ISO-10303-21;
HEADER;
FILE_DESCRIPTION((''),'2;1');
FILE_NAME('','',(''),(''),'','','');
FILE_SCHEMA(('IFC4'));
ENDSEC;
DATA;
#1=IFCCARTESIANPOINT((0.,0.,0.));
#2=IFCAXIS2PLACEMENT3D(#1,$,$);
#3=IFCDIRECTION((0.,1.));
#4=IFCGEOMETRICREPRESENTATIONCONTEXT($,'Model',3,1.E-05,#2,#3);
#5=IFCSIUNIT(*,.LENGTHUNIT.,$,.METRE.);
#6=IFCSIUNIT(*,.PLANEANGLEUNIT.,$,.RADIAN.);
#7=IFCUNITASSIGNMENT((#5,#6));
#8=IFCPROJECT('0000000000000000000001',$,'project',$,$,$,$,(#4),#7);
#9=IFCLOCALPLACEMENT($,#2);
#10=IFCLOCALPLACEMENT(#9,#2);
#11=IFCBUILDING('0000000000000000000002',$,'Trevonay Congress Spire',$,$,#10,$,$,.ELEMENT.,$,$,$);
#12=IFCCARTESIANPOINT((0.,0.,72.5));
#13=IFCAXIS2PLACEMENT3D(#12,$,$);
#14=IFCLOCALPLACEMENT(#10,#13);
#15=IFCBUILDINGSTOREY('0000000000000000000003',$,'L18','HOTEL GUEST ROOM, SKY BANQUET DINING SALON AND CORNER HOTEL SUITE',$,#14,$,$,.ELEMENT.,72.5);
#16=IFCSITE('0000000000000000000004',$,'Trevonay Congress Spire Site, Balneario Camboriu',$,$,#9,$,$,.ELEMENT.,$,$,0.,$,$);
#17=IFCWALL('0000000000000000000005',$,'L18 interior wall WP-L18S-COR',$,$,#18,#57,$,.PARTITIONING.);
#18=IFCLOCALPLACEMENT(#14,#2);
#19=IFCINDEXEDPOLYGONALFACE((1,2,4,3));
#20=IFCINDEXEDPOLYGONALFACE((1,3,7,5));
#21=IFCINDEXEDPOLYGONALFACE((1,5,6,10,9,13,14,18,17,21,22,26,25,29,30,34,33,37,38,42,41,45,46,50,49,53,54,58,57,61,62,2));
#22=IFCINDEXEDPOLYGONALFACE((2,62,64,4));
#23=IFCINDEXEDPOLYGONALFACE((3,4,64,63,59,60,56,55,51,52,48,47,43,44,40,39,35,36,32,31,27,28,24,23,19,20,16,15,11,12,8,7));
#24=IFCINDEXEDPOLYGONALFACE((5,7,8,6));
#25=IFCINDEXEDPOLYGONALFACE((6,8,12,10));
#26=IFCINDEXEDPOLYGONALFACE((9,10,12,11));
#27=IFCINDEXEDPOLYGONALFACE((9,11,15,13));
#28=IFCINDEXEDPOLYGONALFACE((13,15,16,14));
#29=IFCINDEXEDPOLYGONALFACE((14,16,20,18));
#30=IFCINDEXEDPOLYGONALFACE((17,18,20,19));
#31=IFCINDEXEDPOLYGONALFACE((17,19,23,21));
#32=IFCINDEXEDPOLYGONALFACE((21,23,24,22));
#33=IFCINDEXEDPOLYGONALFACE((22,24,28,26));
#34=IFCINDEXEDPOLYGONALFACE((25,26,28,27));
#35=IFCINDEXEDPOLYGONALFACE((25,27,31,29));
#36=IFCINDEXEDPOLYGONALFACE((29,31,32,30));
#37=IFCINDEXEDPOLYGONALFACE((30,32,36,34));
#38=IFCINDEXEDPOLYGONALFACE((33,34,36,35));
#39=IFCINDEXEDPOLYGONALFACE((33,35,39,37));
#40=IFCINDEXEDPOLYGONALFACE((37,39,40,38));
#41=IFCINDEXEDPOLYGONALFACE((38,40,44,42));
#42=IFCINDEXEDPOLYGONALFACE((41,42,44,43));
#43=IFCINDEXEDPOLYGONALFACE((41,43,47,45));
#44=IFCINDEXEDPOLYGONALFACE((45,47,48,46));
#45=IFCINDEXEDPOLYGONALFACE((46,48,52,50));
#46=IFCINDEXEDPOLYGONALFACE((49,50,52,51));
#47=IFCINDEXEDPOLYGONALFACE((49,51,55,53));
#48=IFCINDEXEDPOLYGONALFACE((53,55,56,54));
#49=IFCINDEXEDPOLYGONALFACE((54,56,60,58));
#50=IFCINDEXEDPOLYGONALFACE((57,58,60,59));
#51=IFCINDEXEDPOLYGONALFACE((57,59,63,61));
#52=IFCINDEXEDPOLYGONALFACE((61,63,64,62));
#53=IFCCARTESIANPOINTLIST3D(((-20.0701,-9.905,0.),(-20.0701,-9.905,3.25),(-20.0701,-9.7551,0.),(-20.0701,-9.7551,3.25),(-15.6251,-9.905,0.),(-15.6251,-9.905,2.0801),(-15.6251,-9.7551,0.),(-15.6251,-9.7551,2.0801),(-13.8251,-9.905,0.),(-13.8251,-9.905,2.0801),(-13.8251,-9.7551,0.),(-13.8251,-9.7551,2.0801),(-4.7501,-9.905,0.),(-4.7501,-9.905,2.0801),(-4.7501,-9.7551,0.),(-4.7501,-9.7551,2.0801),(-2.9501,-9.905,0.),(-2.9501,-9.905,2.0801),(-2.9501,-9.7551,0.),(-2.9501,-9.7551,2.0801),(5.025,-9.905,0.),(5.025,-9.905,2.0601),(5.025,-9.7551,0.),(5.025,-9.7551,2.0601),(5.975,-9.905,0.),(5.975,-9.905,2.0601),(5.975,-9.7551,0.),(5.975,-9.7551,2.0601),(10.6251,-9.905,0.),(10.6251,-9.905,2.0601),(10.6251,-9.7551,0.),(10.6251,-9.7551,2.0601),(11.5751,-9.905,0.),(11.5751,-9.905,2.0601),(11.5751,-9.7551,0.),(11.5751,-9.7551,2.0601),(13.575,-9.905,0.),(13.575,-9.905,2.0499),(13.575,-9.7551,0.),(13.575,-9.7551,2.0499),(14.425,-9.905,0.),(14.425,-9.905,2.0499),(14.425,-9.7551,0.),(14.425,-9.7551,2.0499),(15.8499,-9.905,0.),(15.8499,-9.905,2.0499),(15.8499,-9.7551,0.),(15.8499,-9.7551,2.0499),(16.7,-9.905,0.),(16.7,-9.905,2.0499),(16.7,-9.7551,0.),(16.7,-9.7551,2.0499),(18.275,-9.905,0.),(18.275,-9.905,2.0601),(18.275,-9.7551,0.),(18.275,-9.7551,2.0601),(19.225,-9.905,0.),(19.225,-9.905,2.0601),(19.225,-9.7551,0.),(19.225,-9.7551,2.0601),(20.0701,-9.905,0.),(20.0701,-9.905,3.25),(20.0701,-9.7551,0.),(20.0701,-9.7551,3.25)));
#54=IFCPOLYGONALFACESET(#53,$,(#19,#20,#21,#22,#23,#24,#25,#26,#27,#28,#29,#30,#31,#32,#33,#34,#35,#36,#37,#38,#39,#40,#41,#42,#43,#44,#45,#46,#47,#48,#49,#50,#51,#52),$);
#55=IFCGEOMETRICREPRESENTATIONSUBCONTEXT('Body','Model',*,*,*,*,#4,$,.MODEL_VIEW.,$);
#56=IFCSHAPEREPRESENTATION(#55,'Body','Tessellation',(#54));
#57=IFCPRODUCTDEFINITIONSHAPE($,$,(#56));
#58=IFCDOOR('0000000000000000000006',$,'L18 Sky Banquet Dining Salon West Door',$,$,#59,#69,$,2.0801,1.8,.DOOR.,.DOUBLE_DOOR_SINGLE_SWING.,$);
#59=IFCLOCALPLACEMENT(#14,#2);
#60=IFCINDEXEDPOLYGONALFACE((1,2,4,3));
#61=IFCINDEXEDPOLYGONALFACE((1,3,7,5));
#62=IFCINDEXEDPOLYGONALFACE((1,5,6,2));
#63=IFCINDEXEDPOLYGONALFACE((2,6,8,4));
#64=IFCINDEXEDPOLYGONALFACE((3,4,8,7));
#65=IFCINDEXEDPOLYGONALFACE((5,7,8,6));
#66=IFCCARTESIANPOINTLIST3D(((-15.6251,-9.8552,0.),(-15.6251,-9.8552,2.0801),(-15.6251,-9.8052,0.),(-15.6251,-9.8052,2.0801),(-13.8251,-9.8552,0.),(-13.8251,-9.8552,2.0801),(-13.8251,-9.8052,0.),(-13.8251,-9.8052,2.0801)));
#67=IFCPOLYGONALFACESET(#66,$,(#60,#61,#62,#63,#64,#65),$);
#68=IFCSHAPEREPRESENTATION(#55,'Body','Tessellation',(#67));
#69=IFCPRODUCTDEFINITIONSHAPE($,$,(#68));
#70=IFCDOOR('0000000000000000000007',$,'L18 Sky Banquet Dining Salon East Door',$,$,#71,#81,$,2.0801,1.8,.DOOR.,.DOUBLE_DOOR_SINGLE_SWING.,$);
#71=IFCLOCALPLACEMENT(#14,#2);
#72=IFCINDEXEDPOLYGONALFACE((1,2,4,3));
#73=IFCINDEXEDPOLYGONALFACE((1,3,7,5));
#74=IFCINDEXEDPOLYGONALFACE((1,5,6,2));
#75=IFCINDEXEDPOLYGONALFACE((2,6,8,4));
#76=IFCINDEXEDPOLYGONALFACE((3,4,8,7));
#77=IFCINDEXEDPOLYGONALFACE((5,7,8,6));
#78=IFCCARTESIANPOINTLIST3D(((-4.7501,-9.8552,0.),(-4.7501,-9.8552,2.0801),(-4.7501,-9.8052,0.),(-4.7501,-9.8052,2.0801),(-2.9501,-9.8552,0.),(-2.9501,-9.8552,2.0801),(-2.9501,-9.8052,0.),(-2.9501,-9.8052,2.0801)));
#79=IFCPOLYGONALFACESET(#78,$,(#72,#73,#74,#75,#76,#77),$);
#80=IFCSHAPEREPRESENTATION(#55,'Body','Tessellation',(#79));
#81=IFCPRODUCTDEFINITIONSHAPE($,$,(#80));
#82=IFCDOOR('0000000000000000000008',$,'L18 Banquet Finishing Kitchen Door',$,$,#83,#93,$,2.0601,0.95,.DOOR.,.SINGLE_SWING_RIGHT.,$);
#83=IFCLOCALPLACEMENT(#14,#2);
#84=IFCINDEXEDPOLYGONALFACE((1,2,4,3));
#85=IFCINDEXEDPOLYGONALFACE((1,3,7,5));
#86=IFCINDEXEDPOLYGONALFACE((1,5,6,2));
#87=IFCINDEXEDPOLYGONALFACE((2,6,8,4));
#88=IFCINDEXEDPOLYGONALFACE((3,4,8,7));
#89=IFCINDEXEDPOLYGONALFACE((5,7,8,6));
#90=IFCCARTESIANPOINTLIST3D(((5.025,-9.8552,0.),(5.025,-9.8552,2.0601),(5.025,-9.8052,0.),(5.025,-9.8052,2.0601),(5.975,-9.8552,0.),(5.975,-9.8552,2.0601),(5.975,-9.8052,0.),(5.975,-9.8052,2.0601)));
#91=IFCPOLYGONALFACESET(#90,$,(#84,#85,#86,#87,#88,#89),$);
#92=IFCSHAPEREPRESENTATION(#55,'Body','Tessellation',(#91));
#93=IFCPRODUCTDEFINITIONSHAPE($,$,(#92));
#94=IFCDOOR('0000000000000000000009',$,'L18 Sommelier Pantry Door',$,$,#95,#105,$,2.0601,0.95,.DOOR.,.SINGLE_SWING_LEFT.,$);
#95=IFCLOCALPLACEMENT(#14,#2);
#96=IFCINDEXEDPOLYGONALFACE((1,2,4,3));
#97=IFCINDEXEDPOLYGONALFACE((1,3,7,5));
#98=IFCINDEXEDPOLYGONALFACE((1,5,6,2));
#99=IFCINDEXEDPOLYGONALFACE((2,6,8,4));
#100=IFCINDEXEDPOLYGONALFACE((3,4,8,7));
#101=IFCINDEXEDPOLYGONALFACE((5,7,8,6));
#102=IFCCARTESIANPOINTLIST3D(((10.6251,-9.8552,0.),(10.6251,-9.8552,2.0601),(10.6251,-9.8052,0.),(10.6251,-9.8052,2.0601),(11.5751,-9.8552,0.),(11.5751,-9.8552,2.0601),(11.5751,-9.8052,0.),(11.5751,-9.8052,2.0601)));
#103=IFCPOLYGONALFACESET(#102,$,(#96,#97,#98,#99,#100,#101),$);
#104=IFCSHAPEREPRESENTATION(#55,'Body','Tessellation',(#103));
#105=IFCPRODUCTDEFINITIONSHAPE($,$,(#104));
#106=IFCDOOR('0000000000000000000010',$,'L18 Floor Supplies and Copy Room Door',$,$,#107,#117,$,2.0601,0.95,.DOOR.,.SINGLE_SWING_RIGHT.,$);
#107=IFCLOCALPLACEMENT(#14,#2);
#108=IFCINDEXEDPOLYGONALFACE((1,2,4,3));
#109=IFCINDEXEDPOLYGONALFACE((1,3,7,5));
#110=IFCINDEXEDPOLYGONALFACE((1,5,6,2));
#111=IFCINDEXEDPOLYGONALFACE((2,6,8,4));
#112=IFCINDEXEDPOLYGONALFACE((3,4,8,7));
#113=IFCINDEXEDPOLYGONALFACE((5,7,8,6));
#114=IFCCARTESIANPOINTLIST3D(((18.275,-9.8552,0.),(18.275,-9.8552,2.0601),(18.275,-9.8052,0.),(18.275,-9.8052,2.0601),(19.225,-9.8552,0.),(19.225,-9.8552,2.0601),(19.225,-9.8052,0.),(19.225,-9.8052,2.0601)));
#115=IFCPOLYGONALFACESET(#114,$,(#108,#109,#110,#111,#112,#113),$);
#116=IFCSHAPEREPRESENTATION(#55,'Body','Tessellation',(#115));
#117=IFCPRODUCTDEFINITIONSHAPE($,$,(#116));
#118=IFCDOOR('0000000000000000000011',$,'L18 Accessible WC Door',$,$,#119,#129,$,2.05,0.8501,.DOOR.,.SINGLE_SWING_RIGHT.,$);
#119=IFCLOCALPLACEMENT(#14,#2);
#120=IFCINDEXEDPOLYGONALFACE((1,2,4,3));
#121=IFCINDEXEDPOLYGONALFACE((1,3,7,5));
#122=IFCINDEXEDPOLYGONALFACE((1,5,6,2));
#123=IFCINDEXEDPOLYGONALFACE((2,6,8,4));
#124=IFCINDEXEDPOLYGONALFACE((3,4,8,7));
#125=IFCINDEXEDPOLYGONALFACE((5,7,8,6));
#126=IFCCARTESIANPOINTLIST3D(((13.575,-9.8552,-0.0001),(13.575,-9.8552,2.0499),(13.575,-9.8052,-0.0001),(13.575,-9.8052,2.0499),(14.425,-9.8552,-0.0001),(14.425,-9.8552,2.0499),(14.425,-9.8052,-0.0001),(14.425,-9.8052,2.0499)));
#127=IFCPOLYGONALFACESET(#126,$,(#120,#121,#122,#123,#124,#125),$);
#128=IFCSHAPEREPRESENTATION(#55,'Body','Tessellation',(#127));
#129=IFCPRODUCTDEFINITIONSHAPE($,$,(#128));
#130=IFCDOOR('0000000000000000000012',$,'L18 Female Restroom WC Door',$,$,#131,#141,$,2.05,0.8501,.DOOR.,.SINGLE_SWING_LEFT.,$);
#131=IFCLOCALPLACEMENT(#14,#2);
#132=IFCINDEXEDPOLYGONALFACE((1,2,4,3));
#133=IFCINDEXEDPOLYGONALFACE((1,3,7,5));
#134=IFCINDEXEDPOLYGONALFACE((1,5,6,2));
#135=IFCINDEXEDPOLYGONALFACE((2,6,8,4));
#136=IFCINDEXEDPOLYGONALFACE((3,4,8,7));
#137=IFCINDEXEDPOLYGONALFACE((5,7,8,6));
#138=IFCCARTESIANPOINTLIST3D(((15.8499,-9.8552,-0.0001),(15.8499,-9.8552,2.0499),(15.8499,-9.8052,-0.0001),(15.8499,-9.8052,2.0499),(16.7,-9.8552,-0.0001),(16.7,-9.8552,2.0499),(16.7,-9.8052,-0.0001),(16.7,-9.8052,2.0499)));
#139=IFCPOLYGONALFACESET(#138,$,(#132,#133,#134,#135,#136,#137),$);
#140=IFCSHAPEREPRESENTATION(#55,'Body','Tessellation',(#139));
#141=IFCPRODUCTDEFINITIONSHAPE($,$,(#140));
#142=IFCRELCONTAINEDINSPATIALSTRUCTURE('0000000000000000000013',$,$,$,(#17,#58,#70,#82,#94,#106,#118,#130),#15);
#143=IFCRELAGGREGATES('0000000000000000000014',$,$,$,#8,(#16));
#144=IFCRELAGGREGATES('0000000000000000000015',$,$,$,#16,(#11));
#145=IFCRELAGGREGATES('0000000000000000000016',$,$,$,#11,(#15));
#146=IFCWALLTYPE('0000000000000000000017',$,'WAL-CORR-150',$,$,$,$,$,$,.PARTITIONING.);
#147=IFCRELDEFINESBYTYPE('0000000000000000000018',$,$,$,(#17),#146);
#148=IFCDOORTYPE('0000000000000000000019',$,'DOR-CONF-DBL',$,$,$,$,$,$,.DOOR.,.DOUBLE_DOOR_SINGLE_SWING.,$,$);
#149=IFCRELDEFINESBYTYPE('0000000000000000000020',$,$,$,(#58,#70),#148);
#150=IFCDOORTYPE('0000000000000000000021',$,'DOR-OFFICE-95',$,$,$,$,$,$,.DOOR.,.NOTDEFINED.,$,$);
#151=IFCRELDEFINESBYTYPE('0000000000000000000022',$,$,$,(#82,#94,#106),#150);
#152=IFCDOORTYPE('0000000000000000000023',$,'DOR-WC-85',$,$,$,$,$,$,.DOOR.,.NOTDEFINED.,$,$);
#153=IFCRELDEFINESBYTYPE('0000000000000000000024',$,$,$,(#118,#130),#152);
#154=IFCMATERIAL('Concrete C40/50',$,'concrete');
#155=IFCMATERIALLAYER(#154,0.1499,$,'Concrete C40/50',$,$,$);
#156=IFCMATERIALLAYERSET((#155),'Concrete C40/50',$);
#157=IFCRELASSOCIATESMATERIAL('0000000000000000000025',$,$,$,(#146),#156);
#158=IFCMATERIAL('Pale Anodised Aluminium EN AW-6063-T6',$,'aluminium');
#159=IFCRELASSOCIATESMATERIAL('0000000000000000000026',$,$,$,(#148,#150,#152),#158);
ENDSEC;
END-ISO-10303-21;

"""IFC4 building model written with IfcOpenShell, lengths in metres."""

from ifc_helpers import new_model, si_unit, direction, frame, frame_2d, origin, place, context, subcontext, project, spatial, rectangle, extrude, material, layer, layer_set, type_object, element, fill, save


model = new_model("IFC4")

# Units and contexts
model_context = context("Model", 3, precision=1e-05, world=origin(), true_north=direction((0.0, 1.0)))
body_context = subcontext(model_context, "Body", "Model", "MODEL_VIEW")
ifc_project = project(units=[si_unit("LENGTHUNIT", "METRE"), si_unit("PLANEANGLEUNIT", "RADIAN")], contexts=[model_context])

# Site, building, storey
site_placement = place(None, origin())
site = spatial("IfcSite", under=ifc_project, at=site_placement, Name="Trevonay Congress Spire Site, Balneario Camboriu", CompositionType="ELEMENT", RefElevation=0.0)
building_placement = place(site_placement, origin())
building = spatial("IfcBuilding", under=site, at=building_placement, Name="Trevonay Congress Spire", CompositionType="ELEMENT")
storey_placement = place(building_placement, frame((0.0, 0.0, 72.5)))
storey = spatial("IfcBuildingStorey", under=building, at=storey_placement, Name="L18", Description="HOTEL GUEST ROOM, SKY BANQUET DINING SALON AND CORNER HOTEL SUITE", CompositionType="ELEMENT", Elevation=72.5)

# Shared definitions
ifc_material_1 = material(Name="Pale Anodised Aluminium EN AW-6063-T6", Category="aluminium")

# Wall, openings, doors
ifc_material_2 = material(Name="Concrete C40/50", Category="concrete")
ifc_layer_1 = layer(ifc_material_2, 0.1499, Name="Concrete C40/50")
ifc_layer_set_1 = layer_set([ifc_layer_1], Name="Concrete C40/50")
wall_type = type_object("IfcWallType", Name="WAL-CORR-150", PredefinedType="PARTITIONING", material=ifc_layer_set_1)
wall_placement = place(storey_placement, frame((-20.0701, -9.8301, 0.0), z_axis=(0.0, 0.0, 1.0), x_axis=(1.0, 0.0, 0.0)))
wall = element("IfcWall", 1, at=wall_placement, inside=storey, type_object=wall_type, Name="L18 interior wall WP-L18S-COR", PredefinedType="PARTITIONING", context=body_context, shape_type="SweptSolid", body=[
    extrude(rectangle(XDim=40.1401, YDim=0.1499, at=frame_2d((20.0701, 0.0))), origin(), (0.0, 0.0, 1.0), 3.25),
])
opening_1_placement = place(wall_placement, frame((4.4451, 0.0, 0.0)))
opening_1 = element("IfcOpeningElement", 2, at=opening_1_placement, cuts=wall, PredefinedType="OPENING", context=body_context, shape_type="SweptSolid", body=[
    extrude(rectangle(XDim=1.8, YDim=2.0801, at=frame_2d((0.8999, 1.04))), frame((0.0, 0.085, 0.0), z_axis=(0.0, -1.0, 0.0), x_axis=(1.0, 0.0, 0.0)), (0.0, 0.0, 1.0), 0.1699),
])
opening_2_placement = place(wall_placement, frame((15.3201, 0.0, 0.0)))
opening_2 = element("IfcOpeningElement", 3, at=opening_2_placement, cuts=wall, PredefinedType="OPENING", context=body_context, shape_type="SweptSolid", body=[
    extrude(rectangle(XDim=1.8, YDim=2.0801, at=frame_2d((0.8999, 1.04))), frame((0.0, 0.085, 0.0), z_axis=(0.0, -1.0, 0.0), x_axis=(1.0, 0.0, 0.0)), (0.0, 0.0, 1.0), 0.1699),
])
opening_3_placement = place(wall_placement, frame((25.095, 0.0, 0.0)))
opening_3 = element("IfcOpeningElement", 4, at=opening_3_placement, cuts=wall, PredefinedType="OPENING", context=body_context, shape_type="SweptSolid", body=[
    extrude(rectangle(XDim=0.95, YDim=2.0601, at=frame_2d((0.4751, 1.03))), frame((0.0, 0.085, 0.0), z_axis=(0.0, -1.0, 0.0), x_axis=(1.0, 0.0, 0.0)), (0.0, 0.0, 1.0), 0.1699),
])
opening_4_placement = place(wall_placement, frame((30.6951, 0.0, 0.0)))
opening_4 = element("IfcOpeningElement", 5, at=opening_4_placement, cuts=wall, PredefinedType="OPENING", context=body_context, shape_type="SweptSolid", body=[
    extrude(rectangle(XDim=0.95, YDim=2.0601, at=frame_2d((0.4751, 1.03))), frame((0.0, 0.085, 0.0), z_axis=(0.0, -1.0, 0.0), x_axis=(1.0, 0.0, 0.0)), (0.0, 0.0, 1.0), 0.1699),
])
opening_5_placement = place(wall_placement, frame((33.645, 0.0, 0.0)))
opening_5 = element("IfcOpeningElement", 6, at=opening_5_placement, cuts=wall, PredefinedType="OPENING", context=body_context, shape_type="SweptSolid", body=[
    extrude(rectangle(XDim=0.8501, YDim=2.05, at=frame_2d((0.425, 1.0249))), frame((0.0, 0.085, 0.0), z_axis=(0.0, -1.0, 0.0), x_axis=(1.0, 0.0, 0.0)), (0.0, 0.0, 1.0), 0.1699),
])
opening_6_placement = place(wall_placement, frame((35.9199, 0.0, 0.0)))
opening_6 = element("IfcOpeningElement", 7, at=opening_6_placement, cuts=wall, PredefinedType="OPENING", context=body_context, shape_type="SweptSolid", body=[
    extrude(rectangle(XDim=0.8501, YDim=2.05, at=frame_2d((0.425, 1.0249))), frame((0.0, 0.085, 0.0), z_axis=(0.0, -1.0, 0.0), x_axis=(1.0, 0.0, 0.0)), (0.0, 0.0, 1.0), 0.1699),
])
opening_7_placement = place(wall_placement, frame((38.345, 0.0, 0.0)))
opening_7 = element("IfcOpeningElement", 8, at=opening_7_placement, cuts=wall, PredefinedType="OPENING", context=body_context, shape_type="SweptSolid", body=[
    extrude(rectangle(XDim=0.95, YDim=2.0601, at=frame_2d((0.4751, 1.03))), frame((0.0, 0.085, 0.0), z_axis=(0.0, -1.0, 0.0), x_axis=(1.0, 0.0, 0.0)), (0.0, 0.0, 1.0), 0.1699),
])
door_type_1 = type_object("IfcDoorType", Name="DOR-CONF-DBL", OperationType="DOUBLE_DOOR_SINGLE_SWING", PredefinedType="DOOR", material=ifc_material_1)
door_1_placement = place(opening_1_placement, origin())
door_1 = element("IfcDoor", 9, at=door_1_placement, inside=storey, type_object=door_type_1, Name="L18 Sky Banquet Dining Salon West Door", OperationType="DOUBLE_DOOR_SINGLE_SWING", OverallHeight=2.0801, OverallWidth=1.8, PredefinedType="DOOR", context=body_context, shape_type="SweptSolid", body=[
    extrude(rectangle(XDim=1.8, YDim=2.0801, at=frame_2d((0.8999, 1.04))), frame((0.0, 0.0249, 0.0), z_axis=(0.0, -1.0, 0.0), x_axis=(1.0, 0.0, 0.0)), (0.0, 0.0, 1.0), 0.05),
])
fill(opening_1, door_1)
door_2_placement = place(opening_2_placement, origin())
door_2 = element("IfcDoor", 10, at=door_2_placement, inside=storey, type_object=door_type_1, Name="L18 Sky Banquet Dining Salon East Door", OperationType="DOUBLE_DOOR_SINGLE_SWING", OverallHeight=2.0801, OverallWidth=1.8, PredefinedType="DOOR", context=body_context, shape_type="SweptSolid", body=[
    extrude(rectangle(XDim=1.8, YDim=2.0801, at=frame_2d((0.8999, 1.04))), frame((0.0, 0.0249, 0.0), z_axis=(0.0, -1.0, 0.0), x_axis=(1.0, 0.0, 0.0)), (0.0, 0.0, 1.0), 0.05),
])
fill(opening_2, door_2)
door_type_2 = type_object("IfcDoorType", Name="DOR-OFFICE-95", OperationType="NOTDEFINED", PredefinedType="DOOR", material=ifc_material_1)
door_3_placement = place(opening_3_placement, origin())
door_3 = element("IfcDoor", 11, at=door_3_placement, inside=storey, type_object=door_type_2, Name="L18 Banquet Finishing Kitchen Door", OperationType="SINGLE_SWING_RIGHT", OverallHeight=2.0601, OverallWidth=0.95, PredefinedType="DOOR", context=body_context, shape_type="SweptSolid", body=[
    extrude(rectangle(XDim=0.95, YDim=2.0601, at=frame_2d((0.4751, 1.03))), frame((0.0, 0.0249, 0.0), z_axis=(0.0, -1.0, 0.0), x_axis=(1.0, 0.0, 0.0)), (0.0, 0.0, 1.0), 0.05),
])
fill(opening_3, door_3)
door_4_placement = place(opening_4_placement, origin())
door_4 = element("IfcDoor", 12, at=door_4_placement, inside=storey, type_object=door_type_2, Name="L18 Sommelier Pantry Door", OperationType="SINGLE_SWING_LEFT", OverallHeight=2.0601, OverallWidth=0.95, PredefinedType="DOOR", context=body_context, shape_type="SweptSolid", body=[
    extrude(rectangle(XDim=0.95, YDim=2.0601, at=frame_2d((0.4751, 1.03))), frame((0.0, 0.0249, 0.0), z_axis=(0.0, -1.0, 0.0), x_axis=(1.0, 0.0, 0.0)), (0.0, 0.0, 1.0), 0.05),
])
fill(opening_4, door_4)
door_5_placement = place(opening_7_placement, origin())
door_5 = element("IfcDoor", 13, at=door_5_placement, inside=storey, type_object=door_type_2, Name="L18 Floor Supplies and Copy Room Door", OperationType="SINGLE_SWING_RIGHT", OverallHeight=2.0601, OverallWidth=0.95, PredefinedType="DOOR", context=body_context, shape_type="SweptSolid", body=[
    extrude(rectangle(XDim=0.95, YDim=2.0601, at=frame_2d((0.4751, 1.03))), frame((0.0, 0.0249, 0.0), z_axis=(0.0, -1.0, 0.0), x_axis=(1.0, 0.0, 0.0)), (0.0, 0.0, 1.0), 0.05),
])
fill(opening_7, door_5)
door_type_3 = type_object("IfcDoorType", Name="DOR-WC-85", OperationType="NOTDEFINED", PredefinedType="DOOR", material=ifc_material_1)
door_6_placement = place(opening_5_placement, origin())
door_6 = element("IfcDoor", 14, at=door_6_placement, inside=storey, type_object=door_type_3, Name="L18 Accessible WC Door", OperationType="SINGLE_SWING_RIGHT", OverallHeight=2.05, OverallWidth=0.8501, PredefinedType="DOOR", context=body_context, shape_type="SweptSolid", body=[
    extrude(rectangle(XDim=0.8501, YDim=2.05, at=frame_2d((0.425, 1.0249))), frame((0.0, 0.0249, 0.0), z_axis=(0.0, -1.0, 0.0), x_axis=(1.0, 0.0, 0.0)), (0.0, 0.0, 1.0), 0.05),
])
fill(opening_5, door_6)
door_7_placement = place(opening_6_placement, origin())
door_7 = element("IfcDoor", 15, at=door_7_placement, inside=storey, type_object=door_type_3, Name="L18 Female Restroom WC Door", OperationType="SINGLE_SWING_LEFT", OverallHeight=2.05, OverallWidth=0.8501, PredefinedType="DOOR", context=body_context, shape_type="SweptSolid", body=[
    extrude(rectangle(XDim=0.8501, YDim=2.05, at=frame_2d((0.425, 1.0249))), frame((0.0, 0.0249, 0.0), z_axis=(0.0, -1.0, 0.0), x_axis=(1.0, 0.0, 0.0)), (0.0, 0.0, 1.0), 0.05),
])
fill(opening_6, door_7)

save(model, "model.ifc")
